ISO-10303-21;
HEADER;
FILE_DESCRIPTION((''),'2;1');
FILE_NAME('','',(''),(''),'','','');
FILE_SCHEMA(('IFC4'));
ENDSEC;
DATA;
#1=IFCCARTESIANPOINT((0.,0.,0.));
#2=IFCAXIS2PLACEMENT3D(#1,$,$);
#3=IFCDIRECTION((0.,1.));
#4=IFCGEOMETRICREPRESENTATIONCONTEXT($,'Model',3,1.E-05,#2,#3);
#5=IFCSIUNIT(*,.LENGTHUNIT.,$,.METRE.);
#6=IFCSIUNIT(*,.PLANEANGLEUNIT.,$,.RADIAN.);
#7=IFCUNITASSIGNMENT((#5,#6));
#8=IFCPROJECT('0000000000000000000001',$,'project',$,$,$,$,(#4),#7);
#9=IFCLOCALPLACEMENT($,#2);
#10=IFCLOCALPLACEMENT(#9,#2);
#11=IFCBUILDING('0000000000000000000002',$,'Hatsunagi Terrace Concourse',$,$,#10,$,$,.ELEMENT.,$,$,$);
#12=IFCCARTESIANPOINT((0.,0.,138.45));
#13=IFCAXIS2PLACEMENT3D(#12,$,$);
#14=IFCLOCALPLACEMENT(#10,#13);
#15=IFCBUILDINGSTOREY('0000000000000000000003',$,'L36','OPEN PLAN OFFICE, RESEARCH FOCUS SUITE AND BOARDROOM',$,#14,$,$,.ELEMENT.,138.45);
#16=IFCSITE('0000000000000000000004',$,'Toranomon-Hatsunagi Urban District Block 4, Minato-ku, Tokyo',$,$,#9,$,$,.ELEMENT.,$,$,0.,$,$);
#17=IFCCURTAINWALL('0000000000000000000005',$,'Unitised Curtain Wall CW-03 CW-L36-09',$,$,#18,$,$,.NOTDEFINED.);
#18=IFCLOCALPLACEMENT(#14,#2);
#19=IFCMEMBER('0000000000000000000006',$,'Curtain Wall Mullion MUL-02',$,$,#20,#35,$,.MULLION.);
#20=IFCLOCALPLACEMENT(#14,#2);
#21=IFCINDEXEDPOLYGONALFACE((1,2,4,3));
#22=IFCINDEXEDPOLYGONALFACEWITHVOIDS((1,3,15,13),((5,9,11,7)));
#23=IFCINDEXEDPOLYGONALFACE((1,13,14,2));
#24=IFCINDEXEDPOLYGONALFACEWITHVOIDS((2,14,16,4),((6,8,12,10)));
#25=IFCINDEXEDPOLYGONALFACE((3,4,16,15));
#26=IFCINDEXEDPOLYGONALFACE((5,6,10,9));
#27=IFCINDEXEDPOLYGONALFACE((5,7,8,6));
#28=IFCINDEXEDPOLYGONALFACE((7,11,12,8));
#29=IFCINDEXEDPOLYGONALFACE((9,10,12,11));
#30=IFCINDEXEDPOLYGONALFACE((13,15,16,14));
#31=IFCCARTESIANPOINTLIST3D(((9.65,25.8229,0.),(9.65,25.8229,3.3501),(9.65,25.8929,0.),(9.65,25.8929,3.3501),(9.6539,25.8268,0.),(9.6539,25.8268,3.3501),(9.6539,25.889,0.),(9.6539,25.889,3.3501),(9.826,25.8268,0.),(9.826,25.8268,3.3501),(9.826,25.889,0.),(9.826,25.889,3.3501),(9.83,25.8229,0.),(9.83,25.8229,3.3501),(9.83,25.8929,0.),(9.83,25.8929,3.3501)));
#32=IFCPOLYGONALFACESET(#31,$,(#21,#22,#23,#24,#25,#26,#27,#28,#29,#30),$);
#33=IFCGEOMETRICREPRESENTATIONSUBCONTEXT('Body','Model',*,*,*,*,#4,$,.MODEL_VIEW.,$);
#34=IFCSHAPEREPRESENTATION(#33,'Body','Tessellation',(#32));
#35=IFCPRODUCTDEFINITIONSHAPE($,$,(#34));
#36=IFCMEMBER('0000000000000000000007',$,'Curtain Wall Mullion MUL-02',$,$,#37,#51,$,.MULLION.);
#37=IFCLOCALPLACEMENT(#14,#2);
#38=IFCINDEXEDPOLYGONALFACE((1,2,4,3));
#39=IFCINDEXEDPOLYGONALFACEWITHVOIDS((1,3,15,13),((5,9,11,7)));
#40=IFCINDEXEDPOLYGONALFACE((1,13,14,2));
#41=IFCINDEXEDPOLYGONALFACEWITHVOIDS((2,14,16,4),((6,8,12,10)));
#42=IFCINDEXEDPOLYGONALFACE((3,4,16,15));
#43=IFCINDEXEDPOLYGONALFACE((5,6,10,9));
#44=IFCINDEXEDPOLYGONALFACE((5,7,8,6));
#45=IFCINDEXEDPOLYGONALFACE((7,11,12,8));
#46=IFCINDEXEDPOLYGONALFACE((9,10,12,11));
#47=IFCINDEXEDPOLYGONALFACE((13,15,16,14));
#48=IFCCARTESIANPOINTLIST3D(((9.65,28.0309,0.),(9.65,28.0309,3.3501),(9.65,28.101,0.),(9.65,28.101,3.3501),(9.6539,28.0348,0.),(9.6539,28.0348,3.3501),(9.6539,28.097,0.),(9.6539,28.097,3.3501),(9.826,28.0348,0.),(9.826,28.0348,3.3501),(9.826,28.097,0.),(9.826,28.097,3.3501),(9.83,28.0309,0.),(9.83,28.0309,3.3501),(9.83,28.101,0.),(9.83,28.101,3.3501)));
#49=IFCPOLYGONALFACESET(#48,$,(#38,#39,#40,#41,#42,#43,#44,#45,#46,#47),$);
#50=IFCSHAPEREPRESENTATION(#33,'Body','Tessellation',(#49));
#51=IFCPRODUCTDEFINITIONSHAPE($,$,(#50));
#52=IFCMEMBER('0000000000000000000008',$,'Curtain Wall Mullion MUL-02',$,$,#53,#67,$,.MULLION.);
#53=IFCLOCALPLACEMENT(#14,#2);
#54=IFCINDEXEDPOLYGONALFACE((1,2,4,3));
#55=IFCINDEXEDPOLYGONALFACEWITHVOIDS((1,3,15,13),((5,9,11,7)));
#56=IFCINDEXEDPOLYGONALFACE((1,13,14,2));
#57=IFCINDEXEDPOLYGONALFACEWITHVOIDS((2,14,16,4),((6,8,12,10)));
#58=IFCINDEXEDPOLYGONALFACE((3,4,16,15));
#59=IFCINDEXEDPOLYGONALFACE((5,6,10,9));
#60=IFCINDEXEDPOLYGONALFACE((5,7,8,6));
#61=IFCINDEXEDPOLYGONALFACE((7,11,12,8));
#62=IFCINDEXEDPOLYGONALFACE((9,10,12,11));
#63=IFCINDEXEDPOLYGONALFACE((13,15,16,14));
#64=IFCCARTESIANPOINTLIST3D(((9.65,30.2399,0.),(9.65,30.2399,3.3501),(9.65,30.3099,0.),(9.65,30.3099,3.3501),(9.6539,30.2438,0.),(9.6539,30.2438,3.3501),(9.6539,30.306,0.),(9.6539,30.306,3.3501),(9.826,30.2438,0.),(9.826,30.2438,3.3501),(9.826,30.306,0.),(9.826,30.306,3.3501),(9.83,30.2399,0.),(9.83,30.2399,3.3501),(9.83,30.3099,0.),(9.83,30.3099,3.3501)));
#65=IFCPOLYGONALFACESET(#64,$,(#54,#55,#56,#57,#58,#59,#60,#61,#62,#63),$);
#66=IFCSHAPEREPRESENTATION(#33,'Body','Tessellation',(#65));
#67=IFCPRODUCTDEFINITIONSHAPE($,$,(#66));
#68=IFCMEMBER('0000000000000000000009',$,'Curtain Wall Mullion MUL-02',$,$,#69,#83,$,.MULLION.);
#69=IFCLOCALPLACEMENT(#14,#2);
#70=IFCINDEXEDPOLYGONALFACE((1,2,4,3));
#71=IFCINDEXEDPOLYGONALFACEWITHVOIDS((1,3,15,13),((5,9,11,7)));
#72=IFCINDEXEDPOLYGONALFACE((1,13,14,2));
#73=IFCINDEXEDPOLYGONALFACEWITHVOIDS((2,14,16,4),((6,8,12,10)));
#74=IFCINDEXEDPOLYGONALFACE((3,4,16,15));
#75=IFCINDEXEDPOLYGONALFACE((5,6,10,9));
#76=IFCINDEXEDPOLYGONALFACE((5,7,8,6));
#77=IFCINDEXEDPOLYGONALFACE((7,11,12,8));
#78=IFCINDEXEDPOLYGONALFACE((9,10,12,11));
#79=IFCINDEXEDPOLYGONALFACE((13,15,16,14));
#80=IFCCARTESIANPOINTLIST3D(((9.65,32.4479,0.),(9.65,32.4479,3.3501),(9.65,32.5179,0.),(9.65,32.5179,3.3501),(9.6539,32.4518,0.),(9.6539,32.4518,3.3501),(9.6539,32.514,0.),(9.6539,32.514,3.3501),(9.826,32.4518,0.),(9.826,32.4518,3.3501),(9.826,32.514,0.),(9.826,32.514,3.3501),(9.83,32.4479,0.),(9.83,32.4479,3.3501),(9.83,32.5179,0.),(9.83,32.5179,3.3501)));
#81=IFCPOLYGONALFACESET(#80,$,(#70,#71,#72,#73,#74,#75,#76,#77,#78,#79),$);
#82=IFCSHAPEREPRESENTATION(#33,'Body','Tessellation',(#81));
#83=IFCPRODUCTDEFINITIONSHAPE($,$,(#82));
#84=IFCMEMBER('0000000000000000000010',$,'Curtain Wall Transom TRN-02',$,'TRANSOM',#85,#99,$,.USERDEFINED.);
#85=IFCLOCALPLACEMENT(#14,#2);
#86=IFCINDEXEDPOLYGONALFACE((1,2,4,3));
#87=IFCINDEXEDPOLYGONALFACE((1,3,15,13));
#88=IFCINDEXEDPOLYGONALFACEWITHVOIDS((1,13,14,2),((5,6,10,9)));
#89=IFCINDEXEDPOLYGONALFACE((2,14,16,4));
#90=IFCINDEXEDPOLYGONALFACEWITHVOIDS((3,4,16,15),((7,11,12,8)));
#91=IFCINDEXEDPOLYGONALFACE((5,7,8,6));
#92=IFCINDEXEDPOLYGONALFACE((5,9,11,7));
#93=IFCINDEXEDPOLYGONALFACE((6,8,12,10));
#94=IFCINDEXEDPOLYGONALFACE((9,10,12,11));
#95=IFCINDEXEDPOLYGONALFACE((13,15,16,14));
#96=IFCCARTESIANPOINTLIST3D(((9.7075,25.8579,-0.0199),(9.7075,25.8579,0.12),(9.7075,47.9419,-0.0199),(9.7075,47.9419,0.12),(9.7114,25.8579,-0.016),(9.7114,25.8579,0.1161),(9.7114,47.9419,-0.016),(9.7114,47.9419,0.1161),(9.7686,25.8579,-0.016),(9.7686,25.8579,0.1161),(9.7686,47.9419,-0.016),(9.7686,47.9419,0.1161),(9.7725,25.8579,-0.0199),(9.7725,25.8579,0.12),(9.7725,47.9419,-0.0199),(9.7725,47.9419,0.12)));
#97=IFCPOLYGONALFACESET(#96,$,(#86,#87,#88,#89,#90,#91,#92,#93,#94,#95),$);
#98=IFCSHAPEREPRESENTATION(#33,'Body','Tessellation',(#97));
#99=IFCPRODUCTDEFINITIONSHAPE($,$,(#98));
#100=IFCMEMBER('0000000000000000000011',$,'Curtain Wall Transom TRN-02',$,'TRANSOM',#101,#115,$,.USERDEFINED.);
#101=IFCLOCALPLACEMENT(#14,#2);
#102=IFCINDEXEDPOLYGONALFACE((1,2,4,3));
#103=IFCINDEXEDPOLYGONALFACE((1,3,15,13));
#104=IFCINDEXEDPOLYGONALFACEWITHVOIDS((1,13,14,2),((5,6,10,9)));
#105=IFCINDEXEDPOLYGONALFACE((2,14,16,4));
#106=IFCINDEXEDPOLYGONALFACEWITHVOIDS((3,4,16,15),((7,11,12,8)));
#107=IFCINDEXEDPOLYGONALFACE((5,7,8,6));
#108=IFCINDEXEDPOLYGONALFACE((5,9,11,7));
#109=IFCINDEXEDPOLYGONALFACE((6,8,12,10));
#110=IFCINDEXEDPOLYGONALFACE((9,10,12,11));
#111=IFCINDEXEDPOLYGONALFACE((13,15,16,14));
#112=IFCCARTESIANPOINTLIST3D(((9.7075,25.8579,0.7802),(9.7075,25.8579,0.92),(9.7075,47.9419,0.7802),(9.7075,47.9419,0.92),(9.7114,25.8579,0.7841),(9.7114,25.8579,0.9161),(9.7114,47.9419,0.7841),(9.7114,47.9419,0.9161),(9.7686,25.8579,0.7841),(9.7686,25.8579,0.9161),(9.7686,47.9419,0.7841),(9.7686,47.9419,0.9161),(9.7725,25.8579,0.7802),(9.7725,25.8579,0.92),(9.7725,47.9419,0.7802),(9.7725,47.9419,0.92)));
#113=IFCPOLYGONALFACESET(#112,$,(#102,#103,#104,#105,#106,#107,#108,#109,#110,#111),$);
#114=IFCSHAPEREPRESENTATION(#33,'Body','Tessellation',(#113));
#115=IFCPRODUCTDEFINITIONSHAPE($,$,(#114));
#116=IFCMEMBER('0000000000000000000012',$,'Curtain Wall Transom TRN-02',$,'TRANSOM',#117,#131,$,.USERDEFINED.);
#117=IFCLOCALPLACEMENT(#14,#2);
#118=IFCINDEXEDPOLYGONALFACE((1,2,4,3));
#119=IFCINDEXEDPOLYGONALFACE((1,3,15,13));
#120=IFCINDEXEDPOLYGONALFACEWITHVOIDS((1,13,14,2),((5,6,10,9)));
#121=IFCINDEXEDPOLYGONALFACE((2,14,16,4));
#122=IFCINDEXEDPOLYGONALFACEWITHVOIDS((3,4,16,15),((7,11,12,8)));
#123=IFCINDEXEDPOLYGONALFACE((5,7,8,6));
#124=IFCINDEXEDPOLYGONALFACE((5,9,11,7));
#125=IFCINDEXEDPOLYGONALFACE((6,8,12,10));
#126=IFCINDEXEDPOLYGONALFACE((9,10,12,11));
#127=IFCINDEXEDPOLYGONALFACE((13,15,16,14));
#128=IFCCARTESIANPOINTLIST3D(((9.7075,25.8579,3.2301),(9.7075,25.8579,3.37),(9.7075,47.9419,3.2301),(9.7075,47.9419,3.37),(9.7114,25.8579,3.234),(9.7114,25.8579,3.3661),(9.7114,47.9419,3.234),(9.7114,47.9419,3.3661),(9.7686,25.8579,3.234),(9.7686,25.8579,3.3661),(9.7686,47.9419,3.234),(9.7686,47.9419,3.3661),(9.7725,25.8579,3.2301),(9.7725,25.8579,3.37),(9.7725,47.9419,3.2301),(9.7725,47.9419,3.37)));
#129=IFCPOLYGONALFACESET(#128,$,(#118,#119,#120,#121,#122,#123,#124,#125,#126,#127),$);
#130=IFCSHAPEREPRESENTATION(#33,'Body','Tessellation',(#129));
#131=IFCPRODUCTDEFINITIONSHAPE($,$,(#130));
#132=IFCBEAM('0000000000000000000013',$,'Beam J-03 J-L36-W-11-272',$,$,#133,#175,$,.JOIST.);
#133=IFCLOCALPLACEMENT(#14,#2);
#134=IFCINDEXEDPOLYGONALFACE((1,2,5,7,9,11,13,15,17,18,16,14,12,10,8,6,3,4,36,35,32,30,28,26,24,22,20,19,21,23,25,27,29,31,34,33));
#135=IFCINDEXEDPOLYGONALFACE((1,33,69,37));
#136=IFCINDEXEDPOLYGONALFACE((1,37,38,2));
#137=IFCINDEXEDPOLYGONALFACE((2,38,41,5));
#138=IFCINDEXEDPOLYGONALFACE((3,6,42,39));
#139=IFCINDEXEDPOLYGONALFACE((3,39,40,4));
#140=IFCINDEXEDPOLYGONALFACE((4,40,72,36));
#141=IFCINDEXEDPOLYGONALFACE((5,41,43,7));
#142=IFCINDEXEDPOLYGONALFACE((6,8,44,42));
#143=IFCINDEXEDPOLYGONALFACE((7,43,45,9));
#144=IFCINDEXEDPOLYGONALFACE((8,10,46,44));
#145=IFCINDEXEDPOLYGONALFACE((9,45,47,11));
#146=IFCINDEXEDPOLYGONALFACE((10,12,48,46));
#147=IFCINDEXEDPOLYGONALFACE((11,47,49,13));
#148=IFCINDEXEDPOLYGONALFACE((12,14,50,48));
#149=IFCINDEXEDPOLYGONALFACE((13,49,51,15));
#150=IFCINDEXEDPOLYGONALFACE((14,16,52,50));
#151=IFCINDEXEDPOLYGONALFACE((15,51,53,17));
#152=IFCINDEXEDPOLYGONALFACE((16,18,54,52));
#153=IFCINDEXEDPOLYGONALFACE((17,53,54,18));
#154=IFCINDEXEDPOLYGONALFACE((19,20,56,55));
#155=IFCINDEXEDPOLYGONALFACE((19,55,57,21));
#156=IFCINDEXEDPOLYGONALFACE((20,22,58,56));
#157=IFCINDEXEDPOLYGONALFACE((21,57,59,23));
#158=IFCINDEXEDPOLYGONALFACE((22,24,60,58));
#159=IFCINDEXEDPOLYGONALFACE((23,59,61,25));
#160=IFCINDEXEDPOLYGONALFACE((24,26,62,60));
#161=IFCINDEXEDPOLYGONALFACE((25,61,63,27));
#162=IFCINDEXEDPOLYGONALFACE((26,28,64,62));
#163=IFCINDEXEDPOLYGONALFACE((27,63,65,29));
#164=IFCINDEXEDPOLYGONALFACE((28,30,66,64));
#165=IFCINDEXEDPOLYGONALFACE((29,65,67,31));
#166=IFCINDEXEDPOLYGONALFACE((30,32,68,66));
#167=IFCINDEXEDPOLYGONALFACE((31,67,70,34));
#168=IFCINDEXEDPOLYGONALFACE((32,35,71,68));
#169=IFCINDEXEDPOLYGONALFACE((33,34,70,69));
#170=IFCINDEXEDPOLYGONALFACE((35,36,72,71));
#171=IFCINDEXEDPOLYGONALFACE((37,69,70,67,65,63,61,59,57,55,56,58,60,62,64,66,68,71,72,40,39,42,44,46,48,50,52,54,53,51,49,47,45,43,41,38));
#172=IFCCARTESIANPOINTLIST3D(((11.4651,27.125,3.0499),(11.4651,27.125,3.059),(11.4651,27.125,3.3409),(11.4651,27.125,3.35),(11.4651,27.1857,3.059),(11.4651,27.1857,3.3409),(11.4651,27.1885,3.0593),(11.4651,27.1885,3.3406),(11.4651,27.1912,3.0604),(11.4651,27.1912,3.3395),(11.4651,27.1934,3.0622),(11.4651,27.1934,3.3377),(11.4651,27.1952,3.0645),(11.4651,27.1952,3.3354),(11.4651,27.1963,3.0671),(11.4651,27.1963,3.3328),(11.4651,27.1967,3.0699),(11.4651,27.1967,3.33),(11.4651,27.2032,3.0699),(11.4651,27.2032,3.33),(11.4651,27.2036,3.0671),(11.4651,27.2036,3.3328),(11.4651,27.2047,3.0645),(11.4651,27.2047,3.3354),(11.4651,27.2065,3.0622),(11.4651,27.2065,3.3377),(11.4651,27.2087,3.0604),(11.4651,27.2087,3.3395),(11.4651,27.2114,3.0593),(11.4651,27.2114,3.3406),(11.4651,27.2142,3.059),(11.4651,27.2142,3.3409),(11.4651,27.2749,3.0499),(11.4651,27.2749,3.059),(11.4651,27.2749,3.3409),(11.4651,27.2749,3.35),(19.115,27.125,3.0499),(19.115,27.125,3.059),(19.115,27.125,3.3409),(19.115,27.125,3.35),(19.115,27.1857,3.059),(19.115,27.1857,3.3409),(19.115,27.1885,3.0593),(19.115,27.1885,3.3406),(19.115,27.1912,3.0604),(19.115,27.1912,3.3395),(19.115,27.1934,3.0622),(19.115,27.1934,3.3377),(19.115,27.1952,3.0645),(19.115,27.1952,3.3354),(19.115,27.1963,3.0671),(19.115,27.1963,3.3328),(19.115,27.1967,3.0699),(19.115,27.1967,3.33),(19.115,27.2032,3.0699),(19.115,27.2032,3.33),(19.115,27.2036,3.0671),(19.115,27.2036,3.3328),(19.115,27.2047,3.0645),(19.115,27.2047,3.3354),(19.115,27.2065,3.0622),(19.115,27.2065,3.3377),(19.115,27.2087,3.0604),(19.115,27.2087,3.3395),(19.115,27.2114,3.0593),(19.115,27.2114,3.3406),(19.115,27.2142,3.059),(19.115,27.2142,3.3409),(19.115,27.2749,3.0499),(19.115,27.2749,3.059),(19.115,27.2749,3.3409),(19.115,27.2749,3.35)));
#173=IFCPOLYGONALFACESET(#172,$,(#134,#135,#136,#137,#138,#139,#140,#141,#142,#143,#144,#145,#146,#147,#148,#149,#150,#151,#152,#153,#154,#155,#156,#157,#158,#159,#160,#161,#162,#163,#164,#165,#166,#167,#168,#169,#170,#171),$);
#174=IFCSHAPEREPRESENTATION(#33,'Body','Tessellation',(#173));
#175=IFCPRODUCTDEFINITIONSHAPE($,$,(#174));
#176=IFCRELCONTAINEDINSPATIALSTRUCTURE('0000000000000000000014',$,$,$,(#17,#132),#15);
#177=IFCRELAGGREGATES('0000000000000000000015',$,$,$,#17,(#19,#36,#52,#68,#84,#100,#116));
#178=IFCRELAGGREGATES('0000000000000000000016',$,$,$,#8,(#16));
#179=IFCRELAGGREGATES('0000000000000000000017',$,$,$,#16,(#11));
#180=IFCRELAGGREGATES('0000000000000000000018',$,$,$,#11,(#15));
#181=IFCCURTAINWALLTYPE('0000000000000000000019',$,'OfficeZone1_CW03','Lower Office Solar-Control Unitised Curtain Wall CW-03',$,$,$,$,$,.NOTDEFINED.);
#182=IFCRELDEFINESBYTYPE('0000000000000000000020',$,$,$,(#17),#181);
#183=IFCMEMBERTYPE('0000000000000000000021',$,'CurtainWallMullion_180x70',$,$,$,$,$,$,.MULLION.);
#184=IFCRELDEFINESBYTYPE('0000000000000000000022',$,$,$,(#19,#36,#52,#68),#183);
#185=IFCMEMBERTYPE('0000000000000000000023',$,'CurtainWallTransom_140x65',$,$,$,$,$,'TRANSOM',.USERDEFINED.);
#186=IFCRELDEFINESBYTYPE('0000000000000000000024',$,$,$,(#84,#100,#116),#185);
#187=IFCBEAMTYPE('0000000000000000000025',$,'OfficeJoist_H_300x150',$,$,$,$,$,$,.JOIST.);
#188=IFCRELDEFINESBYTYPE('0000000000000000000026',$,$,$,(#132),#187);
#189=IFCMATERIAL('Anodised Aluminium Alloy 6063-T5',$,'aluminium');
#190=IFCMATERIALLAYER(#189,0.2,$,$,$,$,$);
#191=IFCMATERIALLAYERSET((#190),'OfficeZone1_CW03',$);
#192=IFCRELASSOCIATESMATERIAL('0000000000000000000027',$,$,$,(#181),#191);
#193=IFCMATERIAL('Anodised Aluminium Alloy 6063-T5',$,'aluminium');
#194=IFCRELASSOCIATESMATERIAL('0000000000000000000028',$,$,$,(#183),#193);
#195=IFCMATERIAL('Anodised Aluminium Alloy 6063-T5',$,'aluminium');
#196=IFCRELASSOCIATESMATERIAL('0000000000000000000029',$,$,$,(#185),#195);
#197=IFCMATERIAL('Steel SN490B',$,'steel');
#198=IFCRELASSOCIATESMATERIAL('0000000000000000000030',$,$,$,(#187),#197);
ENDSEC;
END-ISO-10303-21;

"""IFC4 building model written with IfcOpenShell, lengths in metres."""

from ifc_helpers import new_model, si_unit, direction, frame, origin, origin_2d, place, context, subcontext, project, spatial, hollow_rectangle, i_section, extrude, material, layer, layer_set, material_profile, profile_set, type_object, element, aggregate, save


model = new_model("IFC4")

# Units and contexts
model_context = context("Model", 3, precision=1e-05, world=origin(), true_north=direction((0.0, 1.0)))
body_context = subcontext(model_context, "Body", "Model", "MODEL_VIEW")
ifc_project = project(units=[si_unit("LENGTHUNIT", "METRE"), si_unit("PLANEANGLEUNIT", "RADIAN")], contexts=[model_context])

# Site, building, storey
site_placement = place(None, origin())
site = spatial("IfcSite", under=ifc_project, at=site_placement, Name="Toranomon-Hatsunagi Urban District Block 4, Minato-ku, Tokyo", CompositionType="ELEMENT", RefElevation=0.0)
building_placement = place(site_placement, origin())
building = spatial("IfcBuilding", under=site, at=building_placement, Name="Hatsunagi Terrace Concourse", CompositionType="ELEMENT")
storey_placement = place(building_placement, frame((0.0, 0.0, 138.45)))
storey = spatial("IfcBuildingStorey", under=building, at=storey_placement, Name="L36", Description="OPEN PLAN OFFICE, RESEARCH FOCUS SUITE AND BOARDROOM", CompositionType="ELEMENT", Elevation=138.45)

# Curtain wall, members
ifc_material_1 = material(Name="Anodised Aluminium Alloy 6063-T5", Category="aluminium")
ifc_layer_1 = layer(ifc_material_1, 0.2)
ifc_layer_set_1 = layer_set([ifc_layer_1], Name="OfficeZone1_CW03")
curtain_wall_type = type_object("IfcCurtainWallType", Name="OfficeZone1_CW03", Description="Lower Office Solar-Control Unitised Curtain Wall CW-03", PredefinedType="NOTDEFINED", material=ifc_layer_set_1)
curtain_wall_placement = place(storey_placement, origin())
curtain_wall = element("IfcCurtainWall", 1, at=curtain_wall_placement, inside=storey, type_object=curtain_wall_type, Name="Unitised Curtain Wall CW-03 CW-L36-09", PredefinedType="NOTDEFINED")
ifc_material_2 = material(Name="Anodised Aluminium Alloy 6063-T5", Category="aluminium")
ifc_material_profile_1 = material_profile(ifc_material_2, hollow_rectangle(XDim=0.0701, YDim=0.1799, WallThickness=0.0039, at=origin_2d()), Name="ALU-MUL-180x70x4")
ifc_profile_set_1 = profile_set([ifc_material_profile_1], Name="Anodised Aluminium Alloy 6063-T5")
member_type_1 = type_object("IfcMemberType", Name="CurtainWallMullion_180x70", PredefinedType="MULLION", material=ifc_profile_set_1)
member_1_placement = place(storey_placement, frame((9.74, 25.8579, 0.0), z_axis=(0.0, 0.0, 1.0), x_axis=(0.0, 1.0, 0.0)))
member_1 = element("IfcMember", 2, at=member_1_placement, type_object=member_type_1, Name="Curtain Wall Mullion MUL-02", PredefinedType="MULLION", context=body_context, shape_type="SweptSolid", body=[
    extrude(hollow_rectangle(XDim=0.0701, YDim=0.1799, WallThickness=0.0039, at=origin_2d()), origin(), (0.0, 0.0, 1.0), 3.3501),
])
member_2_placement = place(storey_placement, frame((9.74, 28.0659, 0.0), z_axis=(0.0, 0.0, 1.0), x_axis=(0.0, 1.0, 0.0)))
member_2 = element("IfcMember", 3, at=member_2_placement, type_object=member_type_1, Name="Curtain Wall Mullion MUL-02", PredefinedType="MULLION", context=body_context, shape_type="SweptSolid", body=[
    extrude(hollow_rectangle(XDim=0.0701, YDim=0.1799, WallThickness=0.0039, at=origin_2d()), origin(), (0.0, 0.0, 1.0), 3.3501),
])
member_3_placement = place(storey_placement, frame((9.74, 30.2749, 0.0), z_axis=(0.0, 0.0, 1.0), x_axis=(0.0, 1.0, 0.0)))
member_3 = element("IfcMember", 4, at=member_3_placement, type_object=member_type_1, Name="Curtain Wall Mullion MUL-02", PredefinedType="MULLION", context=body_context, shape_type="SweptSolid", body=[
    extrude(hollow_rectangle(XDim=0.0701, YDim=0.1799, WallThickness=0.0039, at=origin_2d()), origin(), (0.0, 0.0, 1.0), 3.3501),
])
member_4_placement = place(storey_placement, frame((9.74, 32.4829, 0.0), z_axis=(0.0, 0.0, 1.0), x_axis=(0.0, 1.0, 0.0)))
member_4 = element("IfcMember", 5, at=member_4_placement, type_object=member_type_1, Name="Curtain Wall Mullion MUL-02", PredefinedType="MULLION", context=body_context, shape_type="SweptSolid", body=[
    extrude(hollow_rectangle(XDim=0.0701, YDim=0.1799, WallThickness=0.0039, at=origin_2d()), origin(), (0.0, 0.0, 1.0), 3.3501),
])
ifc_material_3 = material(Name="Anodised Aluminium Alloy 6063-T5", Category="aluminium")
ifc_material_profile_2 = material_profile(ifc_material_3, hollow_rectangle(XDim=0.0649, YDim=0.1399, WallThickness=0.0039, at=origin_2d()), Name="ALU-TRN-140x65x4")
ifc_profile_set_2 = profile_set([ifc_material_profile_2], Name="Anodised Aluminium Alloy 6063-T5")
member_type_2 = type_object("IfcMemberType", Name="CurtainWallTransom_140x65", ElementType="TRANSOM", PredefinedType="USERDEFINED", material=ifc_profile_set_2)
member_5_placement = place(storey_placement, frame((9.74, 25.8579, 0.05), z_axis=(0.0, 1.0, 0.0), x_axis=(-1.0, 0.0, 0.0)))
member_5 = element("IfcMember", 6, at=member_5_placement, type_object=member_type_2, Name="Curtain Wall Transom TRN-02", ObjectType="TRANSOM", PredefinedType="USERDEFINED", context=body_context, shape_type="SweptSolid", body=[
    extrude(hollow_rectangle(XDim=0.0649, YDim=0.1399, WallThickness=0.0039, at=origin_2d()), origin(), (0.0, 0.0, 1.0), 22.084),
])
member_6_placement = place(storey_placement, frame((9.74, 25.8579, 0.8501), z_axis=(0.0, 1.0, 0.0), x_axis=(-1.0, 0.0, 0.0)))
member_6 = element("IfcMember", 7, at=member_6_placement, type_object=member_type_2, Name="Curtain Wall Transom TRN-02", ObjectType="TRANSOM", PredefinedType="USERDEFINED", context=body_context, shape_type="SweptSolid", body=[
    extrude(hollow_rectangle(XDim=0.0649, YDim=0.1399, WallThickness=0.0039, at=origin_2d()), origin(), (0.0, 0.0, 1.0), 22.084),
])
member_7_placement = place(storey_placement, frame((9.74, 25.8579, 3.3), z_axis=(0.0, 1.0, 0.0), x_axis=(-1.0, 0.0, 0.0)))
member_7 = element("IfcMember", 8, at=member_7_placement, type_object=member_type_2, Name="Curtain Wall Transom TRN-02", ObjectType="TRANSOM", PredefinedType="USERDEFINED", context=body_context, shape_type="SweptSolid", body=[
    extrude(hollow_rectangle(XDim=0.0649, YDim=0.1399, WallThickness=0.0039, at=origin_2d()), origin(), (0.0, 0.0, 1.0), 22.084),
])

# Beam
ifc_material_4 = material(Name="Steel SN490B", Category="steel")
ifc_material_profile_3 = material_profile(ifc_material_4, i_section(OverallWidth=0.1499, OverallDepth=0.3, WebThickness=0.0066, FlangeThickness=0.009, FilletRadius=0.011, at=origin_2d()), Name="H-300x150x6.5x9")
ifc_profile_set_3 = profile_set([ifc_material_profile_3], Name="Steel SN490B")
beam_type_1 = type_object("IfcBeamType", Name="OfficeJoist_H_300x150", PredefinedType="JOIST", material=ifc_profile_set_3)
for number, where, z_axis, x_axis, name in (
    (9, (11.4651, 27.2, 3.2), (1.0, 0.0, 0.0), (0.0, 1.0, 0.0), "Beam J-03 J-L36-W-11-272"),
):
    element("IfcBeam", number, at=place(storey_placement, frame(where, z_axis=z_axis, x_axis=x_axis)), inside=storey, type_object=beam_type_1, Name=name, PredefinedType="JOIST", context=body_context, shape_type="SweptSolid", body=[
        extrude(i_section(OverallWidth=0.1499, OverallDepth=0.3, WebThickness=0.0066, FlangeThickness=0.009, FilletRadius=0.011, at=origin_2d()), origin(), (0.0, 0.0, 1.0), 7.6499),
    ])

aggregate(curtain_wall, [member_1, member_2, member_3, member_4, member_5, member_6, member_7])

save(model, "model.ifc")
